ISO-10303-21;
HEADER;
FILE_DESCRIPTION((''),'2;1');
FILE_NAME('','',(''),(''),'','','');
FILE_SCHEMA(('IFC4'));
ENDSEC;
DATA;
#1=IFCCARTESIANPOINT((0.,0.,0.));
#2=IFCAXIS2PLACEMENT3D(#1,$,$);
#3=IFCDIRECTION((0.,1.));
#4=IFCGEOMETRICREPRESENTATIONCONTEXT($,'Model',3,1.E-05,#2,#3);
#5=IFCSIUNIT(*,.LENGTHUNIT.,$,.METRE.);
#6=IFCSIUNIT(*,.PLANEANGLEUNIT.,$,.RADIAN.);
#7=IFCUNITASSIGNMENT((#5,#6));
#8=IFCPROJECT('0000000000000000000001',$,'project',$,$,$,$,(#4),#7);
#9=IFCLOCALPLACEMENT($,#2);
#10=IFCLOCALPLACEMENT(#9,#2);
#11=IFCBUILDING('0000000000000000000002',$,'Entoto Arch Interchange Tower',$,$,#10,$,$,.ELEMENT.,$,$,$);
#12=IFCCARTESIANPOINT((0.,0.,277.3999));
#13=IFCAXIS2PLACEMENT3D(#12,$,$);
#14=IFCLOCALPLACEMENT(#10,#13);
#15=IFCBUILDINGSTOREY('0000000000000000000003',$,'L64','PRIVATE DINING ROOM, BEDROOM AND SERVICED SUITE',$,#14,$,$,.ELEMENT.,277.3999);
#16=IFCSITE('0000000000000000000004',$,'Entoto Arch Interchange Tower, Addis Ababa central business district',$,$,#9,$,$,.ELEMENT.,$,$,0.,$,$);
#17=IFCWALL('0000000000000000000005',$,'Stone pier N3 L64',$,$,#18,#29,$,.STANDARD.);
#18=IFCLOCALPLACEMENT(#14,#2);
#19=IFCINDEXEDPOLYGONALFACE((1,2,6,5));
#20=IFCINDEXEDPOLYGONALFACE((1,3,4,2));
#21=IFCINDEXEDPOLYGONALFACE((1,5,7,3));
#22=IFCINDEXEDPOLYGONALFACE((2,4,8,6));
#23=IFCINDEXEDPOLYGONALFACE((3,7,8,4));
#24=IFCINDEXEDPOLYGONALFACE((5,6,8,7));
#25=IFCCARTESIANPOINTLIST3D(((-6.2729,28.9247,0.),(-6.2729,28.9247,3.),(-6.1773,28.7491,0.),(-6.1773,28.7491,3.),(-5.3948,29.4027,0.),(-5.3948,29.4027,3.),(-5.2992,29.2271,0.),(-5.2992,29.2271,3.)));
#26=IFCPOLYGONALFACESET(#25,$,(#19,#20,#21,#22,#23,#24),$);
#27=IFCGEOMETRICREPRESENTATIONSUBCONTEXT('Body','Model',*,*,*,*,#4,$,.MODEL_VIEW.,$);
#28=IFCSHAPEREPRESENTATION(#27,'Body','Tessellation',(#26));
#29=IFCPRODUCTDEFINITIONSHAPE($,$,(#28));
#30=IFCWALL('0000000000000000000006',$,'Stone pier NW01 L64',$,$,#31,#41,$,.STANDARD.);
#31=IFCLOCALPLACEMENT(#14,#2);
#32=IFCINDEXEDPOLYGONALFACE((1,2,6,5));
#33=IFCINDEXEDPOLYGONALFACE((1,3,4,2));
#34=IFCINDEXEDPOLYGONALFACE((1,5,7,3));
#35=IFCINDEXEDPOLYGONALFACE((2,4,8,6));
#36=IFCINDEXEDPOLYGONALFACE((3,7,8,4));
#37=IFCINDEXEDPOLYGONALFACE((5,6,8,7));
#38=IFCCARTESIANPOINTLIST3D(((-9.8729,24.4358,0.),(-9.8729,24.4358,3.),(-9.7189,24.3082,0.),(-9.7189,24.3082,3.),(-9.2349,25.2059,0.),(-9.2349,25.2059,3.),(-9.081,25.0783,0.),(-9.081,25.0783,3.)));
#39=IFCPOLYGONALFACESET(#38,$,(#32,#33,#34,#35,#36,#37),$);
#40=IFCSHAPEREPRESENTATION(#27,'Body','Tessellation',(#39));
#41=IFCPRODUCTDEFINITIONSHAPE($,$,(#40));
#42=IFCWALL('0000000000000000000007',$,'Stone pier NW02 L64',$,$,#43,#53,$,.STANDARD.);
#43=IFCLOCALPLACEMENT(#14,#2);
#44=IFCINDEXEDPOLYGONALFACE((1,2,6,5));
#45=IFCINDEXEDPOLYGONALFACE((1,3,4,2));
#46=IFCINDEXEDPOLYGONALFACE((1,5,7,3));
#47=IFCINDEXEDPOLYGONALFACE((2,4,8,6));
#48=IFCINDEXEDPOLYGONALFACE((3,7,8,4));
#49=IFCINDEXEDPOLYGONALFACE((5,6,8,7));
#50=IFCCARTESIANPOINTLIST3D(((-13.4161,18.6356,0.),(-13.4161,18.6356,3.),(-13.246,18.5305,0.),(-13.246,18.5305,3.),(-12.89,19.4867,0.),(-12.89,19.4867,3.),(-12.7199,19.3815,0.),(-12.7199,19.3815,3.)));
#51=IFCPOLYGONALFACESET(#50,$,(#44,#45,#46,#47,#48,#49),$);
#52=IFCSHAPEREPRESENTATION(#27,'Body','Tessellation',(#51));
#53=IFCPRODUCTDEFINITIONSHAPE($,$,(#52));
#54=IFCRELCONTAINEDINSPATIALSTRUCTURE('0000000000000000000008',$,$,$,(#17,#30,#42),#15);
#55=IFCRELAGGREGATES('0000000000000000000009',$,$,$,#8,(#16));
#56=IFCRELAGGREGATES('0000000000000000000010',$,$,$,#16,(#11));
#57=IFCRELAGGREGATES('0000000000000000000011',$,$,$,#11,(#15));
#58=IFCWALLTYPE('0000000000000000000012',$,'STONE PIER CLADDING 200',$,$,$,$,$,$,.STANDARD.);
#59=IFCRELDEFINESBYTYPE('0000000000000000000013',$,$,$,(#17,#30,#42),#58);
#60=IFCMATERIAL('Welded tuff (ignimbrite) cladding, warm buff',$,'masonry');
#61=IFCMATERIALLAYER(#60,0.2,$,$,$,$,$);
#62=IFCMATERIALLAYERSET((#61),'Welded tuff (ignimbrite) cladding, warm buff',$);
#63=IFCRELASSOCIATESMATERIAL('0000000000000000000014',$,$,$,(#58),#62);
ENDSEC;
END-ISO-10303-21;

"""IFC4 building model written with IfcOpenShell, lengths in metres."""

from ifc_helpers import new_model, si_unit, direction, frame, frame_2d, origin, place, context, subcontext, project, spatial, rectangle, extrude, material, layer, layer_set, type_object, element, save


model = new_model("IFC4")

# Units and contexts
model_context = context("Model", 3, precision=1e-05, world=origin(), true_north=direction((0.0, 1.0)))
body_context = subcontext(model_context, "Body", "Model", "MODEL_VIEW")
ifc_project = project(units=[si_unit("LENGTHUNIT", "METRE"), si_unit("PLANEANGLEUNIT", "RADIAN")], contexts=[model_context])

# Site, building, storey
site_placement = place(None, origin())
site = spatial("IfcSite", under=ifc_project, at=site_placement, Name="Entoto Arch Interchange Tower, Addis Ababa central business district", CompositionType="ELEMENT", RefElevation=0.0)
building_placement = place(site_placement, origin())
building = spatial("IfcBuilding", under=site, at=building_placement, Name="Entoto Arch Interchange Tower", CompositionType="ELEMENT")
storey_placement = place(building_placement, frame((0.0, 0.0, 277.3999)))
storey = spatial("IfcBuildingStorey", under=building, at=storey_placement, Name="L64", Description="PRIVATE DINING ROOM, BEDROOM AND SERVICED SUITE", CompositionType="ELEMENT", Elevation=277.3999)

# Shared definitions
ifc_material_1 = material(Name="Welded tuff (ignimbrite) cladding, warm buff", Category="masonry")

# Walls
ifc_layer_1 = layer(ifc_material_1, 0.2)
ifc_layer_set_1 = layer_set([ifc_layer_1], Name="Welded tuff (ignimbrite) cladding, warm buff")
wall_type_1 = type_object("IfcWallType", Name="STONE PIER CLADDING 200", PredefinedType="STANDARD", material=ifc_layer_set_1)
wall_1_placement = place(storey_placement, frame((-5.3469, 29.3149, 0.0), z_axis=(0.0, 0.0, 1.0), x_axis=(-0.878306, -0.478099, 0.0)))
element("IfcWall", 1, at=wall_1_placement, inside=storey, type_object=wall_type_1, Name="Stone pier N3 L64", PredefinedType="STANDARD", context=body_context, shape_type="SweptSolid", body=[
    extrude(rectangle(XDim=0.9998, YDim=0.2, at=frame_2d((0.5, 0.0))), origin(), (0.0, 0.0, 1.0), 3.0),
])
wall_2_placement = place(storey_placement, frame((-9.158, 25.1421, 0.0), z_axis=(0.0, 0.0, 1.0), x_axis=(-0.637972, -0.770059, 0.0)))
element("IfcWall", 2, at=wall_2_placement, inside=storey, type_object=wall_type_1, Name="Stone pier NW01 L64", PredefinedType="STANDARD", context=body_context, shape_type="SweptSolid", body=[
    extrude(rectangle(XDim=1.0, YDim=0.2, at=frame_2d((0.5, 0.0))), origin(), (0.0, 0.0, 1.0), 3.0),
])
wall_3_placement = place(storey_placement, frame((-12.8049, 19.4341, 0.0), z_axis=(0.0, 0.0, 1.0), x_axis=(-0.525825, -0.850593, 0.0)))
element("IfcWall", 3, at=wall_3_placement, inside=storey, type_object=wall_type_1, Name="Stone pier NW02 L64", PredefinedType="STANDARD", context=body_context, shape_type="SweptSolid", body=[
    extrude(rectangle(XDim=1.0005, YDim=0.2, at=frame_2d((0.5002, 0.0))), origin(), (0.0, 0.0, 1.0), 3.0),
])

save(model, "model.ifc")
